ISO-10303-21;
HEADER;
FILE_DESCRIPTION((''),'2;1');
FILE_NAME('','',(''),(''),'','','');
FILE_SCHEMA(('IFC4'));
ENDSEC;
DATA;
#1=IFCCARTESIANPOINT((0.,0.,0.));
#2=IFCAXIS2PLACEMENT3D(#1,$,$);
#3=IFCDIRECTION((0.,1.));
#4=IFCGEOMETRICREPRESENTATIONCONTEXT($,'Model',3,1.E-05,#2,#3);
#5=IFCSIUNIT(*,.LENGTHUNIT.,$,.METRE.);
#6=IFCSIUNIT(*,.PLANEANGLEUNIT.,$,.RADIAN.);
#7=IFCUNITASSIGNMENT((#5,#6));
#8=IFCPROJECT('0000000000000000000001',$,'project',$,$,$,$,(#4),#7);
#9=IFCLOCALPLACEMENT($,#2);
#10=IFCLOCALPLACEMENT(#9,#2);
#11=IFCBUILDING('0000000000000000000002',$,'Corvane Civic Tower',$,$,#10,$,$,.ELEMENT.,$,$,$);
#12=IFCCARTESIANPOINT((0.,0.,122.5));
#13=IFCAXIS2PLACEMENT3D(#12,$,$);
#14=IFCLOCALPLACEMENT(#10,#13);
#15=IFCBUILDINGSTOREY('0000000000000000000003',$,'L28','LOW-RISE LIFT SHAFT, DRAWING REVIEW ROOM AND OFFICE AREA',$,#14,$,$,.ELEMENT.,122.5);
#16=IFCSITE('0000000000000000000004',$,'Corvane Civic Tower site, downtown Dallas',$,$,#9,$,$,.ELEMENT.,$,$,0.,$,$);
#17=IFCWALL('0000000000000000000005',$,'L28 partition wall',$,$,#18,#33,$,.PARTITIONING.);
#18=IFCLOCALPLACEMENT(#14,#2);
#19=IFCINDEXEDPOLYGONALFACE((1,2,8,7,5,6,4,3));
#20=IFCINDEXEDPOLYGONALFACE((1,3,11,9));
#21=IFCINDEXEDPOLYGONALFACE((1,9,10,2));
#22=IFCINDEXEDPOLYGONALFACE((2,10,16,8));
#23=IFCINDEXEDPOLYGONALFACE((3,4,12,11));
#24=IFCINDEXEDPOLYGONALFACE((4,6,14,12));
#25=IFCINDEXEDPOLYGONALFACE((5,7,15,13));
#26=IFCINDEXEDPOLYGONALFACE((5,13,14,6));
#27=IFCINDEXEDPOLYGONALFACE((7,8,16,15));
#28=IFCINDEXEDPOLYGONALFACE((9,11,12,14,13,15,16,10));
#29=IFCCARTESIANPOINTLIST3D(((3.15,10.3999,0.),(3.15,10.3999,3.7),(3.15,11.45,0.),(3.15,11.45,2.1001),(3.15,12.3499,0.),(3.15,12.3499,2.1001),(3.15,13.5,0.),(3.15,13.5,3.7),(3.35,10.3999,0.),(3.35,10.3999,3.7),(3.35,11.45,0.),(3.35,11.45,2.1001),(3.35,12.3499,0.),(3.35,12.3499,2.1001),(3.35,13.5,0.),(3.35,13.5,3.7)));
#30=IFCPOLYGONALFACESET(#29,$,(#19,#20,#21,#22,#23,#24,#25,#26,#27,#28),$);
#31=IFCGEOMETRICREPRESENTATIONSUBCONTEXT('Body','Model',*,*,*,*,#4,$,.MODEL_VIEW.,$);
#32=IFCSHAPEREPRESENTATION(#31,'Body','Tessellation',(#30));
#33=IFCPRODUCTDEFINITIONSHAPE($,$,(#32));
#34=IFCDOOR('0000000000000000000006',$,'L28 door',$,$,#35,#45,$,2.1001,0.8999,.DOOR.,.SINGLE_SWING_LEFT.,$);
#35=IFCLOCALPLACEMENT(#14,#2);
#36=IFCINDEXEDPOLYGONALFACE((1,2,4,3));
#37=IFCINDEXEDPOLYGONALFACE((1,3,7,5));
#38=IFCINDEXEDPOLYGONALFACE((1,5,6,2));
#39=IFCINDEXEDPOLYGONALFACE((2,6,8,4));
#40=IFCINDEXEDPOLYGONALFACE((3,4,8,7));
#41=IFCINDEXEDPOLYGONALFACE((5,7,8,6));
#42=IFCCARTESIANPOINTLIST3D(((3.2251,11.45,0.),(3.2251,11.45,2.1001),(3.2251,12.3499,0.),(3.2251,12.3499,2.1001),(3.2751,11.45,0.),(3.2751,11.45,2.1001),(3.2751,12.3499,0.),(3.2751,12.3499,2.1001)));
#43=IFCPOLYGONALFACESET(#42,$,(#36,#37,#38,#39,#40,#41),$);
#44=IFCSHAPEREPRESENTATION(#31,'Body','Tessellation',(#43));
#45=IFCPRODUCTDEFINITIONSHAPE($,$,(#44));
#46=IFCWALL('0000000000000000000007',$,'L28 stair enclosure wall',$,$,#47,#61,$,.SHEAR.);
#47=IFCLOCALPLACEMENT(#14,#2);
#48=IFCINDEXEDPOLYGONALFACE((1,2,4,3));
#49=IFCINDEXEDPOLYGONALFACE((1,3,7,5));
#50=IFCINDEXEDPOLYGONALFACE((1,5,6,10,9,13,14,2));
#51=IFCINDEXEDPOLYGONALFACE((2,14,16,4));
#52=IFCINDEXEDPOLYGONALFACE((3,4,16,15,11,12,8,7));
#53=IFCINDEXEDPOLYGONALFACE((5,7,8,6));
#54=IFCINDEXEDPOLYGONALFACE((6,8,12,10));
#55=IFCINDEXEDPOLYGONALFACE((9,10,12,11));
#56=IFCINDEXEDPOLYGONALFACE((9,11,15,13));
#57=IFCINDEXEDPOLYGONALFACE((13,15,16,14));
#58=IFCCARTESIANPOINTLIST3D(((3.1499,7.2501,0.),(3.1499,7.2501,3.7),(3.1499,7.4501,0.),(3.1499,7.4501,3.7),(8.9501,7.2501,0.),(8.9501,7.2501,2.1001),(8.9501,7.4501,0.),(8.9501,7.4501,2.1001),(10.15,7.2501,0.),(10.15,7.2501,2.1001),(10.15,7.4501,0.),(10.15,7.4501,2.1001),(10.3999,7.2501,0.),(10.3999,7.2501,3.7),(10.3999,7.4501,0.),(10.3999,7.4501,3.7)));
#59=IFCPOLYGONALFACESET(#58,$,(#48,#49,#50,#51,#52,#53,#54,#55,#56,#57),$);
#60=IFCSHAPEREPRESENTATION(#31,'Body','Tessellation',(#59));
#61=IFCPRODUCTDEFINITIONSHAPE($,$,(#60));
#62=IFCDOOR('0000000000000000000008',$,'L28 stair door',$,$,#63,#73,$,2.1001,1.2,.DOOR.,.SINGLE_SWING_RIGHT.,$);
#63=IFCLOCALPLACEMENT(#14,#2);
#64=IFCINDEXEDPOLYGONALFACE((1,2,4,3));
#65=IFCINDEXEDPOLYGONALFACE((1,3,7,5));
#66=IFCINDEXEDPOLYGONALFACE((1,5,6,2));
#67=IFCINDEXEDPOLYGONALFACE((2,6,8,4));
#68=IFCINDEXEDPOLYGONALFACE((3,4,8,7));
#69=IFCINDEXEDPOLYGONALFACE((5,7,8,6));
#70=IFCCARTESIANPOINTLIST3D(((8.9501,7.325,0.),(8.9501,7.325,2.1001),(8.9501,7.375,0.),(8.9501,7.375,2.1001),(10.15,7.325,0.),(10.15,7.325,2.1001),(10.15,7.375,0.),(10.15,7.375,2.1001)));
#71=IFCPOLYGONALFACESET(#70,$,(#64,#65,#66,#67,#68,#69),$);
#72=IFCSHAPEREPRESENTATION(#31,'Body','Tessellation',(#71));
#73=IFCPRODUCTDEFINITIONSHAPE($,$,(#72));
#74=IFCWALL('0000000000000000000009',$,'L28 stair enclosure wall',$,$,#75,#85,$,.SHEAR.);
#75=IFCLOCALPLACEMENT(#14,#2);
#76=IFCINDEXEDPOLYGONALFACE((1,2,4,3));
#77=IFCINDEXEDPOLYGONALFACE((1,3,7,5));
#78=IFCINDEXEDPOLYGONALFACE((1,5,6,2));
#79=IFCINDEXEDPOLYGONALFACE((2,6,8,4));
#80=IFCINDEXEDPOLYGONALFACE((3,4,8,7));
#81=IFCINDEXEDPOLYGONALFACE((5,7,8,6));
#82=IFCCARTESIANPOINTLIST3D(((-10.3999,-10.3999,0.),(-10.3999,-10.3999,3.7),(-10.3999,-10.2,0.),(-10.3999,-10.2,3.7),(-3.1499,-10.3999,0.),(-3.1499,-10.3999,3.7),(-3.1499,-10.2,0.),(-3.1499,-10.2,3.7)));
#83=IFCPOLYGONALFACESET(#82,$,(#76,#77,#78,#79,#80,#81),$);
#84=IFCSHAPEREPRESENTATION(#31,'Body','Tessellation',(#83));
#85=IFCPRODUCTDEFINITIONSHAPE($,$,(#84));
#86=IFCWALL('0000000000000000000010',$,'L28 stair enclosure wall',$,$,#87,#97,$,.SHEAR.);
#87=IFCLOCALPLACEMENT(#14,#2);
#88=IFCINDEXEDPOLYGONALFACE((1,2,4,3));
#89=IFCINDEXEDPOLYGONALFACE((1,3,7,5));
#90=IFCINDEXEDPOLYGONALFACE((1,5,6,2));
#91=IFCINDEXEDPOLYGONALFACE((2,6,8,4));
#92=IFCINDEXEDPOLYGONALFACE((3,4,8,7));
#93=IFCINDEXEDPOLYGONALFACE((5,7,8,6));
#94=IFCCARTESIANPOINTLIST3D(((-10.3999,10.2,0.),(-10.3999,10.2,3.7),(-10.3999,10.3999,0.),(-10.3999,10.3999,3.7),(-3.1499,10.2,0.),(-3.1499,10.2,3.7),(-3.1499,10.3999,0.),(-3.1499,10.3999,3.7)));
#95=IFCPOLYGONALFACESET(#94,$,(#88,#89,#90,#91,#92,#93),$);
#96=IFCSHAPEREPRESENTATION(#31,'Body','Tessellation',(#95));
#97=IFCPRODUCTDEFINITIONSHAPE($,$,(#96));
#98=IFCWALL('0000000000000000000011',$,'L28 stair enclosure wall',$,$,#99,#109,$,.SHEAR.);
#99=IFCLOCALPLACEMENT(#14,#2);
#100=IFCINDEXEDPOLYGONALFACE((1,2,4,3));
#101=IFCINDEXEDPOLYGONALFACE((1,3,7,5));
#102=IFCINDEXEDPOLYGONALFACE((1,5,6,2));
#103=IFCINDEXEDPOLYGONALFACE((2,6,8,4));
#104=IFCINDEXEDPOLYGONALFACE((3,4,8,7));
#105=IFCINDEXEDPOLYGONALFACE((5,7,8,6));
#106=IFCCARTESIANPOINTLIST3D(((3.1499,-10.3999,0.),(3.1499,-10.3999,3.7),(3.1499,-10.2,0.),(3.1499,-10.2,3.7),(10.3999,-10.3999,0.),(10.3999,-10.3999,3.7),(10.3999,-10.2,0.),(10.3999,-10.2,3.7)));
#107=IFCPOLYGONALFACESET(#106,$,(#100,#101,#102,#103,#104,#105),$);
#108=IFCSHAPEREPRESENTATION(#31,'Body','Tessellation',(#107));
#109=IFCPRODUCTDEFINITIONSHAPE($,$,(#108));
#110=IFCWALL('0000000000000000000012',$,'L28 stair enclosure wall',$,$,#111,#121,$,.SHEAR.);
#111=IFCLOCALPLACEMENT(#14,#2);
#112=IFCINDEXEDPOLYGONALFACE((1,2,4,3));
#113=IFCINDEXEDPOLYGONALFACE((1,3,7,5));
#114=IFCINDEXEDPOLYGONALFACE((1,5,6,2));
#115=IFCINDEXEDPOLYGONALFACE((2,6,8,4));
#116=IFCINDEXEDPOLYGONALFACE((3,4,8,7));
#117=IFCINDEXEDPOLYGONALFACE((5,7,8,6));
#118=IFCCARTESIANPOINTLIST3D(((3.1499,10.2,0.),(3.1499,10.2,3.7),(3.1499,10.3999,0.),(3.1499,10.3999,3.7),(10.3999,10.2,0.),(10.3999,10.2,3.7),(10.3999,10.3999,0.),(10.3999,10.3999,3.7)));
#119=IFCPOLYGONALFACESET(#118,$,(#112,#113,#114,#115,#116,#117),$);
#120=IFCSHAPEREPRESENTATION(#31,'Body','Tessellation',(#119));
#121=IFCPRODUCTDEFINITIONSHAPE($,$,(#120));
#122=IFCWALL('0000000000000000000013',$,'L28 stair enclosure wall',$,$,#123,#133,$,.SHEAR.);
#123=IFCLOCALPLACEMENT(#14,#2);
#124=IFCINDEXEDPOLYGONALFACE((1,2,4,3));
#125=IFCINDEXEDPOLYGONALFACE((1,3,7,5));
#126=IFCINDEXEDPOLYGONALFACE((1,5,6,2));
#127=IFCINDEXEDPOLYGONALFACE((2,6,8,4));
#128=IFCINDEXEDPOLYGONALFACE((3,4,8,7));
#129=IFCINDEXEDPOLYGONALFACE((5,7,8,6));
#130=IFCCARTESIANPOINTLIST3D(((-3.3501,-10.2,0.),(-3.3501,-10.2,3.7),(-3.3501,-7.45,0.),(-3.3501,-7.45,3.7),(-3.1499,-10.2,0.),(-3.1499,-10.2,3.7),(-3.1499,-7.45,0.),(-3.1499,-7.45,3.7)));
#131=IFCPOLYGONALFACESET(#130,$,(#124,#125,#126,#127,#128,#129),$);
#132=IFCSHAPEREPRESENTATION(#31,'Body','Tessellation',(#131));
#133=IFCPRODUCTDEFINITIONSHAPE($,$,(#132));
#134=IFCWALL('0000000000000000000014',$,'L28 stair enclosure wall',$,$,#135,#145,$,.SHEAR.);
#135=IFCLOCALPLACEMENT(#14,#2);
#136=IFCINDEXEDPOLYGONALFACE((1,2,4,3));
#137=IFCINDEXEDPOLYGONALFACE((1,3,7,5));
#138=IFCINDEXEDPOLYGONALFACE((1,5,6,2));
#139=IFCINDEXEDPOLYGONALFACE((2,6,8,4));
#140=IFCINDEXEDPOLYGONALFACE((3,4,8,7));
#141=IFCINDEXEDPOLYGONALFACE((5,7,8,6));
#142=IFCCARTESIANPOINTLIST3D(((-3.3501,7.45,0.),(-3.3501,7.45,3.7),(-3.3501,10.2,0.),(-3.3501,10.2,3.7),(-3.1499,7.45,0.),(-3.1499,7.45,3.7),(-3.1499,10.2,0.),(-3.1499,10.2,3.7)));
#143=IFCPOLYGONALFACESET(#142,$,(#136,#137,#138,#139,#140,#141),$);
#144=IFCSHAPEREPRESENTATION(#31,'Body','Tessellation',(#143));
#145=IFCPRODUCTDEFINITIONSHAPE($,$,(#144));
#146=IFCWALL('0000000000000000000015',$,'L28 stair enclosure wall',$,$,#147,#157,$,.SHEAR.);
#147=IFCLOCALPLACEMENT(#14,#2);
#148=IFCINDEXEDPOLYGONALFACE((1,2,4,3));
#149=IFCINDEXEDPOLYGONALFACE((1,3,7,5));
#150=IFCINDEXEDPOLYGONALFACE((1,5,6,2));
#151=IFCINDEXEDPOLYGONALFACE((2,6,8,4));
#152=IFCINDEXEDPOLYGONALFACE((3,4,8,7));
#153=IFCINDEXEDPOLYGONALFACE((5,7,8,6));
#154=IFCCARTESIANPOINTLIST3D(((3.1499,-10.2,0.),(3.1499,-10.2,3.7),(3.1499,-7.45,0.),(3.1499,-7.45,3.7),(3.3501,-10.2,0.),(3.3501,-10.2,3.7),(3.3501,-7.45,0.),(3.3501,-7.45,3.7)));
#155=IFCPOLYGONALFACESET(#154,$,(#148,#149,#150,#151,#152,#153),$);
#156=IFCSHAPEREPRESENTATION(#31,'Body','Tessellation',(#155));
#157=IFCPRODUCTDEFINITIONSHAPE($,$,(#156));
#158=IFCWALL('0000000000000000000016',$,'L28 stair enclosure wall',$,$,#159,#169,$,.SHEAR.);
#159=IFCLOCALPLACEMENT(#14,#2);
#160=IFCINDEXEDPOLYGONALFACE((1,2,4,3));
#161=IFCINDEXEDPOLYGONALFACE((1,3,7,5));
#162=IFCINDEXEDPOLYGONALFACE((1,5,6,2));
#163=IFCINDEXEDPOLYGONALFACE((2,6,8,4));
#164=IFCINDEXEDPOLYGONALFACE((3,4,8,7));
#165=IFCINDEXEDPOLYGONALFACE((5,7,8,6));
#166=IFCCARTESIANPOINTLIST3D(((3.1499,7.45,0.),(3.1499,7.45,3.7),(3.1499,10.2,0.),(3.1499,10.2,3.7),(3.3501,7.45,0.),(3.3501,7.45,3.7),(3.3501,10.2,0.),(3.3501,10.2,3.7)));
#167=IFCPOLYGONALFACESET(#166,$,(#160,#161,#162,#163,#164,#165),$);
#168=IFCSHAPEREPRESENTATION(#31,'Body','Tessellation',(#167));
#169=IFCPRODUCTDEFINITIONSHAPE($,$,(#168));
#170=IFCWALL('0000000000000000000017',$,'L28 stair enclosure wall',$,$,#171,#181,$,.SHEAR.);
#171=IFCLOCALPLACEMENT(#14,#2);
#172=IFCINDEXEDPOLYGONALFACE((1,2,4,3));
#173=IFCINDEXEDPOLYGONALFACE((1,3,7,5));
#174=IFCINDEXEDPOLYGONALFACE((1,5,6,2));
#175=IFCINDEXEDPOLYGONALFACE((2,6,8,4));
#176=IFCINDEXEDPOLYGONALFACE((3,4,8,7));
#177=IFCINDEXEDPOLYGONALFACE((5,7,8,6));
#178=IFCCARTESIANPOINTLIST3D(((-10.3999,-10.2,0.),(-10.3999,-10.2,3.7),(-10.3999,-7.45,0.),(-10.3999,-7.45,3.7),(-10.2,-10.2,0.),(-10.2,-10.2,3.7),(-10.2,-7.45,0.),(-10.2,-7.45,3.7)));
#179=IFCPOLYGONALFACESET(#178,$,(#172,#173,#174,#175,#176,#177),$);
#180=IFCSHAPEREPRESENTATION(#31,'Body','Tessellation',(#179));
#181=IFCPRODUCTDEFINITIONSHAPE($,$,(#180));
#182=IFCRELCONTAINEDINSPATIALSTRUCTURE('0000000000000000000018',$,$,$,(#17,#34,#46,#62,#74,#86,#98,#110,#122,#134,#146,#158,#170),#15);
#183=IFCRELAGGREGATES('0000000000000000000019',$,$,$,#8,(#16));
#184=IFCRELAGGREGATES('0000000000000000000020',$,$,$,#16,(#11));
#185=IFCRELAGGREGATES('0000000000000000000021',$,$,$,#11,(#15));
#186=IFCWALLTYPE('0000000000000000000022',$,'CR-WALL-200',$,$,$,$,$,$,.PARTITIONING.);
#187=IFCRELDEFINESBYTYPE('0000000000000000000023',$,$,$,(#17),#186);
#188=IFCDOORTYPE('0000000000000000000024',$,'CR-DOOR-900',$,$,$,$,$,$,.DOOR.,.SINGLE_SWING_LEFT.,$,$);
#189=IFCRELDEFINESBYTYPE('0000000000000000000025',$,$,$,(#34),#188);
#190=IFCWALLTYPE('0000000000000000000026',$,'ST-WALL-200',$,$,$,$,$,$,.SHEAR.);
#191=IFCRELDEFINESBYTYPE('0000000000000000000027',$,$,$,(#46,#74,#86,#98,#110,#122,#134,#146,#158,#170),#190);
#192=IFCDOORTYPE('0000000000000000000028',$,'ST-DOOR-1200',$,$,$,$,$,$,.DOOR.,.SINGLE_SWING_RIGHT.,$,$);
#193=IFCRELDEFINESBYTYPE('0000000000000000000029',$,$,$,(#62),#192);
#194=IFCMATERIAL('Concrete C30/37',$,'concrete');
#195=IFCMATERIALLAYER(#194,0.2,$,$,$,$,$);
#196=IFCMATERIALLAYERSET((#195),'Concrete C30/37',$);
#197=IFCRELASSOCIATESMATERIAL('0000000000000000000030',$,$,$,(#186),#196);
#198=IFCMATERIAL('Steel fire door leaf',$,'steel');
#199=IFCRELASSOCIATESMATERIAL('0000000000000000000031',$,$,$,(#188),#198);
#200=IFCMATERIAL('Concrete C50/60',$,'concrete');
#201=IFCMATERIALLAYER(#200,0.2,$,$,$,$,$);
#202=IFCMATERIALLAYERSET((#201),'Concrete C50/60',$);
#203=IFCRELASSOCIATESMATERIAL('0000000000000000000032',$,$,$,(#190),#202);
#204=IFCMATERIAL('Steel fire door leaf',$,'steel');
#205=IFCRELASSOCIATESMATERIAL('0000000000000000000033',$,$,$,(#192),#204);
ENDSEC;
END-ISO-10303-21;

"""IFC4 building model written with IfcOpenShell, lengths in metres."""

from ifc_helpers import new_model, si_unit, direction, frame, frame_2d, origin, place, context, subcontext, project, spatial, polyline, rectangle, outline, extrude, material, layer, layer_set, type_object, element, fill, save


model = new_model("IFC4")

# Units and contexts
model_context = context("Model", 3, precision=1e-05, world=origin(), true_north=direction((0.0, 1.0)))
body_context = subcontext(model_context, "Body", "Model", "MODEL_VIEW")
ifc_project = project(units=[si_unit("LENGTHUNIT", "METRE"), si_unit("PLANEANGLEUNIT", "RADIAN")], contexts=[model_context])

# Site, building, storey
site_placement = place(None, origin())
site = spatial("IfcSite", under=ifc_project, at=site_placement, Name="Corvane Civic Tower site, downtown Dallas", CompositionType="ELEMENT", RefElevation=0.0)
building_placement = place(site_placement, origin())
building = spatial("IfcBuilding", under=site, at=building_placement, Name="Corvane Civic Tower", CompositionType="ELEMENT")
storey_placement = place(building_placement, frame((0.0, 0.0, 122.5)))
storey = spatial("IfcBuildingStorey", under=building, at=storey_placement, Name="L28", Description="LOW-RISE LIFT SHAFT, DRAWING REVIEW ROOM AND OFFICE AREA", CompositionType="ELEMENT", Elevation=122.5)

# Walls, openings, doors
ifc_material_1 = material(Name="Concrete C30/37", Category="concrete")
ifc_layer_1 = layer(ifc_material_1, 0.2)
ifc_layer_set_1 = layer_set([ifc_layer_1], Name="Concrete C30/37")
wall_type_1 = type_object("IfcWallType", Name="CR-WALL-200", PredefinedType="PARTITIONING", material=ifc_layer_set_1)
wall_1_placement = place(storey_placement, frame((3.25, 10.3999, 0.0), z_axis=(0.0, 0.0, 1.0), x_axis=(0.0, 1.0, 0.0)))
wall_1 = element("IfcWall", 1, at=wall_1_placement, inside=storey, type_object=wall_type_1, Name="L28 partition wall", PredefinedType="PARTITIONING", context=body_context, shape_type="SweptSolid", body=[
    extrude(rectangle(XDim=3.1001, YDim=0.2, at=frame_2d((1.55, 0.0))), origin(), (0.0, 0.0, 1.0), 3.7),
])
opening_1_placement = place(wall_1_placement, frame((1.05, 0.0, 0.0)))
opening_1 = element("IfcOpeningElement", 2, at=opening_1_placement, cuts=wall_1, PredefinedType="OPENING", context=body_context, shape_type="SweptSolid", body=[
    extrude(rectangle(XDim=0.8999, YDim=2.1001, at=frame_2d((0.45, 1.05))), frame((0.0, 0.1099, 0.0), z_axis=(0.0, -1.0, 0.0), x_axis=(1.0, 0.0, 0.0)), (0.0, 0.0, 1.0), 0.22),
])
ifc_material_2 = material(Name="Steel fire door leaf", Category="steel")
door_type_1 = type_object("IfcDoorType", Name="CR-DOOR-900", OperationType="SINGLE_SWING_LEFT", PredefinedType="DOOR", material=ifc_material_2)
door_1_placement = place(opening_1_placement, origin())
door_1 = element("IfcDoor", 3, at=door_1_placement, inside=storey, type_object=door_type_1, Name="L28 door", OperationType="SINGLE_SWING_LEFT", OverallHeight=2.1001, OverallWidth=0.8999, PredefinedType="DOOR", context=body_context, shape_type="SweptSolid", body=[
    extrude(rectangle(XDim=0.8999, YDim=2.1001, at=frame_2d((0.45, 1.05))), frame((0.0, 0.0249, 0.0), z_axis=(0.0, -1.0, 0.0), x_axis=(1.0, 0.0, 0.0)), (0.0, 0.0, 1.0), 0.05),
])
fill(opening_1, door_1)
ifc_material_3 = material(Name="Concrete C50/60", Category="concrete")
ifc_layer_2 = layer(ifc_material_3, 0.2)
ifc_layer_set_2 = layer_set([ifc_layer_2], Name="Concrete C50/60")
wall_type_2 = type_object("IfcWallType", Name="ST-WALL-200", PredefinedType="SHEAR", material=ifc_layer_set_2)
wall_2_placement = place(storey_placement, frame((3.1499, 7.3501, 0.0), z_axis=(0.0, 0.0, 1.0), x_axis=(1.0, 0.0, 0.0)))
wall_2 = element("IfcWall", 4, at=wall_2_placement, inside=storey, type_object=wall_type_2, Name="L28 stair enclosure wall", PredefinedType="SHEAR", context=body_context, shape_type="SweptSolid", body=[
    extrude(rectangle(XDim=7.25, YDim=0.2, at=frame_2d((3.625, 0.0))), origin(), (0.0, 0.0, 1.0), 3.7),
])
opening_2_placement = place(wall_2_placement, frame((5.8, 0.0, 0.0)))
opening_2 = element("IfcOpeningElement", 5, at=opening_2_placement, cuts=wall_2, PredefinedType="OPENING", context=body_context, shape_type="SweptSolid", body=[
    extrude(rectangle(XDim=1.2, YDim=2.1001, at=frame_2d((0.6001, 1.05))), frame((0.0, 0.1099, 0.0), z_axis=(0.0, -1.0, 0.0), x_axis=(1.0, 0.0, 0.0)), (0.0, 0.0, 1.0), 0.22),
])
ifc_material_4 = material(Name="Steel fire door leaf", Category="steel")
door_type_2 = type_object("IfcDoorType", Name="ST-DOOR-1200", OperationType="SINGLE_SWING_RIGHT", PredefinedType="DOOR", material=ifc_material_4)
door_2_placement = place(opening_2_placement, origin())
door_2 = element("IfcDoor", 6, at=door_2_placement, inside=storey, type_object=door_type_2, Name="L28 stair door", OperationType="SINGLE_SWING_RIGHT", OverallHeight=2.1001, OverallWidth=1.2, PredefinedType="DOOR", context=body_context, shape_type="SweptSolid", body=[
    extrude(rectangle(XDim=1.2, YDim=2.1001, at=frame_2d((0.6001, 1.05))), frame((0.0, 0.0249, 0.0), z_axis=(0.0, -1.0, 0.0), x_axis=(1.0, 0.0, 0.0)), (0.0, 0.0, 1.0), 0.05),
])
fill(opening_2, door_2)

# Walls
wall_3_placement = place(storey_placement, origin())
element("IfcWall", 7, at=wall_3_placement, inside=storey, type_object=wall_type_2, Name="L28 stair enclosure wall", PredefinedType="SHEAR", context=body_context, shape_type="SweptSolid", body=[
    extrude(outline(polyline([(-3.1499, -10.2), (-3.1499, -10.3999), (-10.3999, -10.3999), (-10.3999, -10.2), (-3.1499, -10.2)])), origin(), (0.0, 0.0, 1.0), 3.7),
])
wall_4_placement = place(storey_placement, origin())
element("IfcWall", 8, at=wall_4_placement, inside=storey, type_object=wall_type_2, Name="L28 stair enclosure wall", PredefinedType="SHEAR", context=body_context, shape_type="SweptSolid", body=[
    extrude(outline(polyline([(-3.1499, 10.2), (-10.3999, 10.2), (-10.3999, 10.3999), (-3.1499, 10.3999), (-3.1499, 10.2)])), origin(), (0.0, 0.0, 1.0), 3.7),
])
wall_5_placement = place(storey_placement, origin())
element("IfcWall", 9, at=wall_5_placement, inside=storey, type_object=wall_type_2, Name="L28 stair enclosure wall", PredefinedType="SHEAR", context=body_context, shape_type="SweptSolid", body=[
    extrude(outline(polyline([(10.3999, -10.3999), (3.1499, -10.3999), (3.1499, -10.2), (10.3999, -10.2), (10.3999, -10.3999)])), origin(), (0.0, 0.0, 1.0), 3.7),
])
wall_6_placement = place(storey_placement, origin())
element("IfcWall", 10, at=wall_6_placement, inside=storey, type_object=wall_type_2, Name="L28 stair enclosure wall", PredefinedType="SHEAR", context=body_context, shape_type="SweptSolid", body=[
    extrude(outline(polyline([(10.3999, 10.2), (3.1499, 10.2), (3.1499, 10.3999), (10.3999, 10.3999), (10.3999, 10.2)])), origin(), (0.0, 0.0, 1.0), 3.7),
])
wall_7_placement = place(storey_placement, origin())
element("IfcWall", 11, at=wall_7_placement, inside=storey, type_object=wall_type_2, Name="L28 stair enclosure wall", PredefinedType="SHEAR", context=body_context, shape_type="SweptSolid", body=[
    extrude(outline(polyline([(-3.1499, -7.45), (-3.1499, -10.2), (-3.3501, -10.2), (-3.3501, -7.45), (-3.1499, -7.45)])), origin(), (0.0, 0.0, 1.0), 3.7),
])
wall_8_placement = place(storey_placement, origin())
element("IfcWall", 12, at=wall_8_placement, inside=storey, type_object=wall_type_2, Name="L28 stair enclosure wall", PredefinedType="SHEAR", context=body_context, shape_type="SweptSolid", body=[
    extrude(outline(polyline([(-3.1499, 7.45), (-3.3501, 7.45), (-3.3501, 10.2), (-3.1499, 10.2), (-3.1499, 7.45)])), origin(), (0.0, 0.0, 1.0), 3.7),
])
wall_9_placement = place(storey_placement, origin())
element("IfcWall", 13, at=wall_9_placement, inside=storey, type_object=wall_type_2, Name="L28 stair enclosure wall", PredefinedType="SHEAR", context=body_context, shape_type="SweptSolid", body=[
    extrude(outline(polyline([(3.3501, -7.45), (3.3501, -10.2), (3.1499, -10.2), (3.1499, -7.45), (3.3501, -7.45)])), origin(), (0.0, 0.0, 1.0), 3.7),
])
wall_10_placement = place(storey_placement, origin())
element("IfcWall", 14, at=wall_10_placement, inside=storey, type_object=wall_type_2, Name="L28 stair enclosure wall", PredefinedType="SHEAR", context=body_context, shape_type="SweptSolid", body=[
    extrude(outline(polyline([(3.3501, 7.45), (3.1499, 7.45), (3.1499, 10.2), (3.3501, 10.2), (3.3501, 7.45)])), origin(), (0.0, 0.0, 1.0), 3.7),
])
wall_11_placement = place(storey_placement, origin())
element("IfcWall", 15, at=wall_11_placement, inside=storey, type_object=wall_type_2, Name="L28 stair enclosure wall", PredefinedType="SHEAR", context=body_context, shape_type="SweptSolid", body=[
    extrude(outline(polyline([(-10.2, -7.45), (-10.2, -10.2), (-10.3999, -10.2), (-10.3999, -7.45), (-10.2, -7.45)])), origin(), (0.0, 0.0, 1.0), 3.7),
])

save(model, "model.ifc")
